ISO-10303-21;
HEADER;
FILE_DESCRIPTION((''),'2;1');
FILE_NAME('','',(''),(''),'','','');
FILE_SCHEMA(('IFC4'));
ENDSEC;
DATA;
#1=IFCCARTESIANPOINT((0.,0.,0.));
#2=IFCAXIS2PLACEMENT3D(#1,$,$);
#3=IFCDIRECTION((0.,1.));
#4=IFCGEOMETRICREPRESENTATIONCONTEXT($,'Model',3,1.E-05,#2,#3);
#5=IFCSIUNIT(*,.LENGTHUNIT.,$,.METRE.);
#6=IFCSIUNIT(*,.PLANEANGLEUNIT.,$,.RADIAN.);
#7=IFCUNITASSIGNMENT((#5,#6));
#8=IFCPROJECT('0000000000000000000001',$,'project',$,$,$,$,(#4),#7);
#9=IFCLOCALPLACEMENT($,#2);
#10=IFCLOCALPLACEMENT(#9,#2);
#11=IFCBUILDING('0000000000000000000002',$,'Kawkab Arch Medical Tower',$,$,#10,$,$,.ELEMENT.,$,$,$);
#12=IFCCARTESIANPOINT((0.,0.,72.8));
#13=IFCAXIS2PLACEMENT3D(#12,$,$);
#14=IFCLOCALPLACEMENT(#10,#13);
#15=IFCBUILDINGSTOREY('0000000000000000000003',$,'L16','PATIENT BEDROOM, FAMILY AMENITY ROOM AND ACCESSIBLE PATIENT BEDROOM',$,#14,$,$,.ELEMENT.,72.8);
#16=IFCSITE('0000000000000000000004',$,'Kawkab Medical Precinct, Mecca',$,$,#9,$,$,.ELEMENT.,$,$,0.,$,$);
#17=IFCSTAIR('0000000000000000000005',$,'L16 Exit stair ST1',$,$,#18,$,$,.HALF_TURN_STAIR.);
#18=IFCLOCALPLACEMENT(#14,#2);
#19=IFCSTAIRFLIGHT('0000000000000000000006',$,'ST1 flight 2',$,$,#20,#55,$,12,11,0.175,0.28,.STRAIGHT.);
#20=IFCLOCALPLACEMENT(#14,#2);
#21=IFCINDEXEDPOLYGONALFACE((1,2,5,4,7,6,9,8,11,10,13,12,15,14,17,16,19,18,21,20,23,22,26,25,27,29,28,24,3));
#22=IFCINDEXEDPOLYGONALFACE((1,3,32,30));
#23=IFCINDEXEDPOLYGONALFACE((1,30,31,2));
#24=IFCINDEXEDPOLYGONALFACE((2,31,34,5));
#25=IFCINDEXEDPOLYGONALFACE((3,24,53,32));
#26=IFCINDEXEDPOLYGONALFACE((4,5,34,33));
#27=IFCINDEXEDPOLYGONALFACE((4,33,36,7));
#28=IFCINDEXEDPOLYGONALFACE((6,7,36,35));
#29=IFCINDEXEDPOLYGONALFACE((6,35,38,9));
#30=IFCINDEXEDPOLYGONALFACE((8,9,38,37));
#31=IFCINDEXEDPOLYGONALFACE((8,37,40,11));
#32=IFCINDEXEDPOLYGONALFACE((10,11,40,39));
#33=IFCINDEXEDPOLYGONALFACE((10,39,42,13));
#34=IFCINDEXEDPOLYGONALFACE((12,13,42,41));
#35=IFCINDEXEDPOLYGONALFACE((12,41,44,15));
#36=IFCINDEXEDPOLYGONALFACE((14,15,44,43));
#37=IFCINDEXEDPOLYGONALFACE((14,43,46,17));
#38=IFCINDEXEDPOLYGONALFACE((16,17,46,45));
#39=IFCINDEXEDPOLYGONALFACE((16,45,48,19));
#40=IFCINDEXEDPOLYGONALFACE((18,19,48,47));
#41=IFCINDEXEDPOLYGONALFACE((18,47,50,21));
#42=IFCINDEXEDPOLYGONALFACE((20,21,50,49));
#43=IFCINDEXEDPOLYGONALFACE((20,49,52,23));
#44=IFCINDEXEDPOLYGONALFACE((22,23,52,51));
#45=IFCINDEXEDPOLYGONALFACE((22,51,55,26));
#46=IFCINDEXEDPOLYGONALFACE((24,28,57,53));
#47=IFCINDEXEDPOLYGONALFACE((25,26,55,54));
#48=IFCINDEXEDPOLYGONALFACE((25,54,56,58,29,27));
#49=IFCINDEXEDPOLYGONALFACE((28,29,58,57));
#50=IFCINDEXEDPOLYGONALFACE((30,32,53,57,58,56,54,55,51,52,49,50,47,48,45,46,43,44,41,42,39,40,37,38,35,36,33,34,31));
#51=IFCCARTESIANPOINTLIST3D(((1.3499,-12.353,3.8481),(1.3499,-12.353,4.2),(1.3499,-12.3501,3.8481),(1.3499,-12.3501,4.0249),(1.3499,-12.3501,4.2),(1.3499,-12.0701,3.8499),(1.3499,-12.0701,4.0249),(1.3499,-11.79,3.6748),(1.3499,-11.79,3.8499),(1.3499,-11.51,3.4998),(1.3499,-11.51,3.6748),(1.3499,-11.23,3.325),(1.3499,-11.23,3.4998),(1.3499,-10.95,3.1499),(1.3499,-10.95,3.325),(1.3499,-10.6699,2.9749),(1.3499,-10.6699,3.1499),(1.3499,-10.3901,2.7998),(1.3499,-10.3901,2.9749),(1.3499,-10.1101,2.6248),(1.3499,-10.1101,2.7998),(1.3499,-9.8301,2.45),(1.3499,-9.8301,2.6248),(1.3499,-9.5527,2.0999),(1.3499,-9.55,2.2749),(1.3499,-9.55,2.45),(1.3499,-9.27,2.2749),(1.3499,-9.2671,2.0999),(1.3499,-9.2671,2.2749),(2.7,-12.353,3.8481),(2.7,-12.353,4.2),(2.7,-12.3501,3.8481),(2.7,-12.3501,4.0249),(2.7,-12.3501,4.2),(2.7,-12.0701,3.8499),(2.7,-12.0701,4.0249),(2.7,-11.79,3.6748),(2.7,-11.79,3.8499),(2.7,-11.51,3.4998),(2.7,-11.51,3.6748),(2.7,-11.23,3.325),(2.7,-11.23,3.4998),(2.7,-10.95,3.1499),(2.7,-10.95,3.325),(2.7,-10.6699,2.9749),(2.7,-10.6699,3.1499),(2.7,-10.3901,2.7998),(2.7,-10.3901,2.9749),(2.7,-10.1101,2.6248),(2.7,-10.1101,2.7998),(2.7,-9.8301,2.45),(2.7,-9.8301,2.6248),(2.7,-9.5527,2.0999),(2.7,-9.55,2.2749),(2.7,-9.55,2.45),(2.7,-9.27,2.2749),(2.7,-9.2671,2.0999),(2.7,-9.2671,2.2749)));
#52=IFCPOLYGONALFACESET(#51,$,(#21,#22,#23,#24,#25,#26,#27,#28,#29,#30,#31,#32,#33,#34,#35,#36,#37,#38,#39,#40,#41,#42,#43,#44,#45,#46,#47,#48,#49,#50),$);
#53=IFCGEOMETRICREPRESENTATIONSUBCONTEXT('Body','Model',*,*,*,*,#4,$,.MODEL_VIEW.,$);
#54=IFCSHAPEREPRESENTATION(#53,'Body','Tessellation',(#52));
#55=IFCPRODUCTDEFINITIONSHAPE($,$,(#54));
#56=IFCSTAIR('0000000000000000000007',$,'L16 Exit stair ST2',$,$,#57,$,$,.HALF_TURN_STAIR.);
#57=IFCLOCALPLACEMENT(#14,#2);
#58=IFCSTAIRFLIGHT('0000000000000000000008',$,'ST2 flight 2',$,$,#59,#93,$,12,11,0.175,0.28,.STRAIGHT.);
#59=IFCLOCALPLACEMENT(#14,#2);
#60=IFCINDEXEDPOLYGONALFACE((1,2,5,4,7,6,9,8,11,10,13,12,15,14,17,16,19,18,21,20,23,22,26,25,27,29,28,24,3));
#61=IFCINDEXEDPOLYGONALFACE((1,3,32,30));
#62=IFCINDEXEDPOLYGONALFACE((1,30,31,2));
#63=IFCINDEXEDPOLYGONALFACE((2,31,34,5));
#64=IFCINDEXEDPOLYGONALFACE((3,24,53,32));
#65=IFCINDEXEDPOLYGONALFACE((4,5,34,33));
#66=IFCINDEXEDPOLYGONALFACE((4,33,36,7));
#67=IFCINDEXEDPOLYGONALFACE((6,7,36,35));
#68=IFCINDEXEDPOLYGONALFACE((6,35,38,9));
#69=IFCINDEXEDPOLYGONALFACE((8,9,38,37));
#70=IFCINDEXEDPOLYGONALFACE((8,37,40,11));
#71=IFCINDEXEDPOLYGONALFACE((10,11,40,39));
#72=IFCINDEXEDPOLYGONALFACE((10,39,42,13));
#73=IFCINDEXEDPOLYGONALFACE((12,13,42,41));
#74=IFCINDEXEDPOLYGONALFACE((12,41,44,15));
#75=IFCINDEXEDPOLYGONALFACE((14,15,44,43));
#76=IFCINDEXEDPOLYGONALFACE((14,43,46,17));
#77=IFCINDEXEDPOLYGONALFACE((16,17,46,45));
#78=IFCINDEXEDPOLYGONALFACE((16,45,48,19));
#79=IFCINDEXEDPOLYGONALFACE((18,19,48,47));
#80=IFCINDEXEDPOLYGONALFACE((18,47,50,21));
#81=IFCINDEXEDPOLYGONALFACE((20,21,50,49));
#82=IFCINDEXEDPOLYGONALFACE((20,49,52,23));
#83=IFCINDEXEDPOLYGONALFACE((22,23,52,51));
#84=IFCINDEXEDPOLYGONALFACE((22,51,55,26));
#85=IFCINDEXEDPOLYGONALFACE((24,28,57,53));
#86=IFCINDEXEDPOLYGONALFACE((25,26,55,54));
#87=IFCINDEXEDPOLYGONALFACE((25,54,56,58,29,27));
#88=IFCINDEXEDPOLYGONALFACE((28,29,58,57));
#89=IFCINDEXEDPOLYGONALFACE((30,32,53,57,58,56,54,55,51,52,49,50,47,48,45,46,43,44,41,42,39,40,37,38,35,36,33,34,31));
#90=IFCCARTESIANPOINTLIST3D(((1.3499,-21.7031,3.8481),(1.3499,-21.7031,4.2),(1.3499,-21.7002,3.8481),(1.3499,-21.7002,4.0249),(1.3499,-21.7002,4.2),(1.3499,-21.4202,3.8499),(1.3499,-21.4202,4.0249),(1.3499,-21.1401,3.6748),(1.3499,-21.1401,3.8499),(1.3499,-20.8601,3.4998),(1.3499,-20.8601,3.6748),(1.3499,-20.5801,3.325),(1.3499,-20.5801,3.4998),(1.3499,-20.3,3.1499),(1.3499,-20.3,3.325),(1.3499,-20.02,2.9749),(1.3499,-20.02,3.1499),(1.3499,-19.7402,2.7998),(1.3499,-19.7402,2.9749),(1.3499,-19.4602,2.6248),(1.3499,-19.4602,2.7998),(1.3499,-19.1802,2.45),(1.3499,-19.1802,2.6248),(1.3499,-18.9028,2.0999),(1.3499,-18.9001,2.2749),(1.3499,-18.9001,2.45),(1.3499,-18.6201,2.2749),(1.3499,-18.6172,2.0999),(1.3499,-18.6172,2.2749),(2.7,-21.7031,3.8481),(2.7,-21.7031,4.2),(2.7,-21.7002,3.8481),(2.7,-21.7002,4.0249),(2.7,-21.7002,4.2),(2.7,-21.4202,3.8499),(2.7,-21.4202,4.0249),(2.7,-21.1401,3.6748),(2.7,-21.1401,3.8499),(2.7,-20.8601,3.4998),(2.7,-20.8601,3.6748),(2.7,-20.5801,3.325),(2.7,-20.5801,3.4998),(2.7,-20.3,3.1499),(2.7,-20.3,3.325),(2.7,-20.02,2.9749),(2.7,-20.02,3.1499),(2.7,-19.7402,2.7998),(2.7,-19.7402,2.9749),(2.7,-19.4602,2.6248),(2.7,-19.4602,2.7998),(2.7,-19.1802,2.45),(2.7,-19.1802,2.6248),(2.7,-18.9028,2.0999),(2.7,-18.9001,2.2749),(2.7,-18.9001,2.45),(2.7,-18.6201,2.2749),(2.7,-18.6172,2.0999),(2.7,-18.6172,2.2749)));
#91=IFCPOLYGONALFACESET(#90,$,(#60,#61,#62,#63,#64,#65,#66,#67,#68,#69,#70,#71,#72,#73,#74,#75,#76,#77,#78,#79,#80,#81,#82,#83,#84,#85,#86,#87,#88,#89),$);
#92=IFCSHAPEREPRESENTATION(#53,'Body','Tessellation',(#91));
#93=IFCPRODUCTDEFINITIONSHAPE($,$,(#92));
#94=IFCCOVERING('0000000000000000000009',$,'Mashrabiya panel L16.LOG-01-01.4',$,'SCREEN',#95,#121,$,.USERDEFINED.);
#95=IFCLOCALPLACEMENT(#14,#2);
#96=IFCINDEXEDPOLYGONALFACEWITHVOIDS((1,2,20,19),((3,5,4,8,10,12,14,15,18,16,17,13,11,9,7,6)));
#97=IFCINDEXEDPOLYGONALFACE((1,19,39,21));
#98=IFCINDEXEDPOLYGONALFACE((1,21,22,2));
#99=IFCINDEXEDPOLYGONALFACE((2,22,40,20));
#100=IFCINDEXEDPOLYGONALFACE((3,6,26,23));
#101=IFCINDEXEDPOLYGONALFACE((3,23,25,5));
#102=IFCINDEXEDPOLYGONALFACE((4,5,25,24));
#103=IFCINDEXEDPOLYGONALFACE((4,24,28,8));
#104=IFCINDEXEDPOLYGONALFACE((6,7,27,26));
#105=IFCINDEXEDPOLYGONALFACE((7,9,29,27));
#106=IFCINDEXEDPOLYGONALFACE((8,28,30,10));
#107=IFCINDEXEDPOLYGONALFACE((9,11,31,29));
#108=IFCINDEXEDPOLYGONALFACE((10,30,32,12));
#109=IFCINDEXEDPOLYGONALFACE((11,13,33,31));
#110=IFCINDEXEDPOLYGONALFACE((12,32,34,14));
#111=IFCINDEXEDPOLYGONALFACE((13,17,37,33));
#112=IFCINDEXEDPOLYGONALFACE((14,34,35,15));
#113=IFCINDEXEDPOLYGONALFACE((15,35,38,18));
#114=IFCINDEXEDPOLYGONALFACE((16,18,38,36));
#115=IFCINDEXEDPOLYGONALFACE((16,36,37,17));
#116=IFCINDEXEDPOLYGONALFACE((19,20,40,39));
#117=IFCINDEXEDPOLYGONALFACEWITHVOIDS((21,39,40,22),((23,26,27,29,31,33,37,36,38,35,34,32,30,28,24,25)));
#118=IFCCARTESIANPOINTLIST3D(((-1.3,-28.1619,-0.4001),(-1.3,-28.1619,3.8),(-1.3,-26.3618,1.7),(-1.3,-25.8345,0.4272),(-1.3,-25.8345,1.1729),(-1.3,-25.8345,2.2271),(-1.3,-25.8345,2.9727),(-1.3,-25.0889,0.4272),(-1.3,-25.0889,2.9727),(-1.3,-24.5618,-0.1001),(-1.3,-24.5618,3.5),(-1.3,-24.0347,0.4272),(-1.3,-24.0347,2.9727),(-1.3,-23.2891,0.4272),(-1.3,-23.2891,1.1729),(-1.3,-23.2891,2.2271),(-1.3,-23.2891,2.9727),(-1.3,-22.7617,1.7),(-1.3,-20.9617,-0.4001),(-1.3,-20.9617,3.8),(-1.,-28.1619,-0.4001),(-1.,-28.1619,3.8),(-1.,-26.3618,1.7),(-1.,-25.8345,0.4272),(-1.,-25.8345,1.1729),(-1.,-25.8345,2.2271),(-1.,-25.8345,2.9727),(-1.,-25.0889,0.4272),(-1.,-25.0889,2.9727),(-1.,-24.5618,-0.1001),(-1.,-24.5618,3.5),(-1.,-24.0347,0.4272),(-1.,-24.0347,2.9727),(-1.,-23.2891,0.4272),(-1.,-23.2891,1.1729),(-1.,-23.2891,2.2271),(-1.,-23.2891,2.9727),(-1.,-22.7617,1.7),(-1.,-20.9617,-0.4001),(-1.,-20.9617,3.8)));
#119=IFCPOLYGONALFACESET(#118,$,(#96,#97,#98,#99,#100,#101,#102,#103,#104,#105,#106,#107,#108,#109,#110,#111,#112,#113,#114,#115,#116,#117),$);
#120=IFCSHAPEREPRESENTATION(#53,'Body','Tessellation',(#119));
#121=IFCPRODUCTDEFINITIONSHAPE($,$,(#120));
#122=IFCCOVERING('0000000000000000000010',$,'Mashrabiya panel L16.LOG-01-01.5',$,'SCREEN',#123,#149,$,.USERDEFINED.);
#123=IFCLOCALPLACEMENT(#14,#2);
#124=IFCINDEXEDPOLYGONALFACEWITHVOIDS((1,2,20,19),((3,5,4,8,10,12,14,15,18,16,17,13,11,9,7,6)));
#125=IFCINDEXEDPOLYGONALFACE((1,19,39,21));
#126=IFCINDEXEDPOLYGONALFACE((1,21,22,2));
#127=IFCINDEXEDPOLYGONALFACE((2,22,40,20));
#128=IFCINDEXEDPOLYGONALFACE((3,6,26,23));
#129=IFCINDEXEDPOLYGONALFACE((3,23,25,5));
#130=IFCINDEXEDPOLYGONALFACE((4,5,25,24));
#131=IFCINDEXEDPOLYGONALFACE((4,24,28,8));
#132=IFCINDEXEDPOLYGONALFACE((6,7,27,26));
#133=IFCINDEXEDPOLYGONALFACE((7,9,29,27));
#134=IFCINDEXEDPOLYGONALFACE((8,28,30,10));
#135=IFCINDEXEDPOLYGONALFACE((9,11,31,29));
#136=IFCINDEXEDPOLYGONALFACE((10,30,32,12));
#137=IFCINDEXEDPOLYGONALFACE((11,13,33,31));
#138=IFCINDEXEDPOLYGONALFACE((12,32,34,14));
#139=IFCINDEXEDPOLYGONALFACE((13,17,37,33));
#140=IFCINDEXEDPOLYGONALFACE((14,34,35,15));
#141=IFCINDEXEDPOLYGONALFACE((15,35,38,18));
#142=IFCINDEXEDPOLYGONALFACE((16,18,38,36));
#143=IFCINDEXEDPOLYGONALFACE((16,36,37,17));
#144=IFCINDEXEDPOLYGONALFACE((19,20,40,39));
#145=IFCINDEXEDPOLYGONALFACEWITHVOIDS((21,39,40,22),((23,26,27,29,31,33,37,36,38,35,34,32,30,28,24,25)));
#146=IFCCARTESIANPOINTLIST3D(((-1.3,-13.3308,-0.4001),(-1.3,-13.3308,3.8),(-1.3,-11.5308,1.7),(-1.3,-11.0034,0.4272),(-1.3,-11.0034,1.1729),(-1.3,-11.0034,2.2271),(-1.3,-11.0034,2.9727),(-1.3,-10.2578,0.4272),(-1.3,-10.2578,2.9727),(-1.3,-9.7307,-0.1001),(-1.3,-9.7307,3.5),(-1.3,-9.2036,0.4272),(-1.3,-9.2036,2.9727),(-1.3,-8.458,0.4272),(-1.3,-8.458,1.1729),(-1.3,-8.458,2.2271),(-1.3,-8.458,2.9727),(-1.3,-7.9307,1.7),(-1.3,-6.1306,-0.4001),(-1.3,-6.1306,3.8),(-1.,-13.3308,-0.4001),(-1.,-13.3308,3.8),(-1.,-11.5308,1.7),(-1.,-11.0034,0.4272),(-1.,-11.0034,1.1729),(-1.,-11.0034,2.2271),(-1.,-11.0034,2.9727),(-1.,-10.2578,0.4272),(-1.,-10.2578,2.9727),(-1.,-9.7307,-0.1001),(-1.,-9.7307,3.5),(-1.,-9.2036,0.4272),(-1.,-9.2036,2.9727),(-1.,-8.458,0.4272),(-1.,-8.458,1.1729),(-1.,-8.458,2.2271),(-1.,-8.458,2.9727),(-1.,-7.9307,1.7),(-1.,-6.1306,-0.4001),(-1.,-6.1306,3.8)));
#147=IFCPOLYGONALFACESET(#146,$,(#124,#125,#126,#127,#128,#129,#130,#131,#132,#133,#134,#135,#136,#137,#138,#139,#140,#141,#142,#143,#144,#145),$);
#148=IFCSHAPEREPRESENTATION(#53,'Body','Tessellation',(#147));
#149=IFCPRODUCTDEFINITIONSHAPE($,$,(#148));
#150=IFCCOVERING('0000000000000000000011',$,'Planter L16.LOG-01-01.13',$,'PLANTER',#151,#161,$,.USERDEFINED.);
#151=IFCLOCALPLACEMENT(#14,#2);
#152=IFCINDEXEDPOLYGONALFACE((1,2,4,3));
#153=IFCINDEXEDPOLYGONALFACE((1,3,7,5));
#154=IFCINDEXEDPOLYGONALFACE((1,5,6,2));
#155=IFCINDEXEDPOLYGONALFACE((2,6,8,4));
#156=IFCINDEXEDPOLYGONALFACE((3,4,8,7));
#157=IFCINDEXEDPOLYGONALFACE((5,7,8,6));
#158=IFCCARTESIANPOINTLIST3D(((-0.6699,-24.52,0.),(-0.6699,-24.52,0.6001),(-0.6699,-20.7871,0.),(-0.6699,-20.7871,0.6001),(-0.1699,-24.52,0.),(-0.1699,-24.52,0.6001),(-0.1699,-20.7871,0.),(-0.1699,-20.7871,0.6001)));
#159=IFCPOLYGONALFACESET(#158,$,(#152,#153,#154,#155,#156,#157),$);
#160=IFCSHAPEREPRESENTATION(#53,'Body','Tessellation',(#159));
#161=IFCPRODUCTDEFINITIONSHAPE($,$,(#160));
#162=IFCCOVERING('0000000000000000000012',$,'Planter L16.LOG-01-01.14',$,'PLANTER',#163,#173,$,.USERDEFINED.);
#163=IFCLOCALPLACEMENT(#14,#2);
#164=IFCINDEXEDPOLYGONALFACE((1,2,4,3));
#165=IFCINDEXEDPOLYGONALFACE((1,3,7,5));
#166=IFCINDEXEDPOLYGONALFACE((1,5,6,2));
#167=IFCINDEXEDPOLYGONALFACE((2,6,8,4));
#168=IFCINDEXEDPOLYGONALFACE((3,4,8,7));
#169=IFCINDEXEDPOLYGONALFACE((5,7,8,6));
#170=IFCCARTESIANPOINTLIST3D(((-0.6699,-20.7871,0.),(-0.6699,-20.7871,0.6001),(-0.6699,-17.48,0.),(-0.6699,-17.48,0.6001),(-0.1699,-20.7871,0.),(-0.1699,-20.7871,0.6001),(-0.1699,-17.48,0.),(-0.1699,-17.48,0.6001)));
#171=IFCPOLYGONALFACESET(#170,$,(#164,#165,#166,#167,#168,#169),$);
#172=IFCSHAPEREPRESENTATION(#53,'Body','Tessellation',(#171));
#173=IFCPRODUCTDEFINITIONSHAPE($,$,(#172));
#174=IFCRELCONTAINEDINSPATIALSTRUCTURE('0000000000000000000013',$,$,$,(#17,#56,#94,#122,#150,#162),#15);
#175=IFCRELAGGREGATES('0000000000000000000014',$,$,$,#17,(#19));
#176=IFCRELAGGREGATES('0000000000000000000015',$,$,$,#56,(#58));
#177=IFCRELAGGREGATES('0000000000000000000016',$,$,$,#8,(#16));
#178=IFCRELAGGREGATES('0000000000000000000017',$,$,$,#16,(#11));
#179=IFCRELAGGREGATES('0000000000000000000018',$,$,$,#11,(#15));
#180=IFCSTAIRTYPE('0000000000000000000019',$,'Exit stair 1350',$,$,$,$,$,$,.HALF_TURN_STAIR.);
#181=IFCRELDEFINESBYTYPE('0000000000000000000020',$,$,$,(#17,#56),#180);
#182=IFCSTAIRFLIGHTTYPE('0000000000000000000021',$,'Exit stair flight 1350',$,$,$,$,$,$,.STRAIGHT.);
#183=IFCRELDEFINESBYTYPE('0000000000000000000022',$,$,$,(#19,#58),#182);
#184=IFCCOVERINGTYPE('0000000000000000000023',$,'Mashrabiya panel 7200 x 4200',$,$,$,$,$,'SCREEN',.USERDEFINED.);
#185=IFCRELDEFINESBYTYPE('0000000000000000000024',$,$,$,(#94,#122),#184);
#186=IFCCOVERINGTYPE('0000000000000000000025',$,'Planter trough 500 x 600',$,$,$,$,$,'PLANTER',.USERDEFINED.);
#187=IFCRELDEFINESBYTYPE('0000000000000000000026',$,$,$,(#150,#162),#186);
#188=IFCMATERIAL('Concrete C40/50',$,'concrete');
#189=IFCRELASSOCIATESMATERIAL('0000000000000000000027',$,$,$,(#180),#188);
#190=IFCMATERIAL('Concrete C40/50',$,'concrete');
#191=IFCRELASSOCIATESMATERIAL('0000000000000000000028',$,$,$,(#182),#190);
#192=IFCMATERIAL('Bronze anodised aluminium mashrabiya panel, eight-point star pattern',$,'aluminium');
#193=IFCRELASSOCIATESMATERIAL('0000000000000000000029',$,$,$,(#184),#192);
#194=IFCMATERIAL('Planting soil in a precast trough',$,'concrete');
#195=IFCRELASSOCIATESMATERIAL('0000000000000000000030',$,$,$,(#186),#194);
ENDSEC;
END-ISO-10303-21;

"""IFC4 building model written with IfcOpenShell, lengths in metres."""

from ifc_helpers import new_model, si_unit, direction, frame, origin, origin_2d, place, context, subcontext, project, spatial, polyline, rectangle, outline, extrude, material, material_profile, profile_set, type_object, element, aggregate, save


model = new_model("IFC4")

# Units and contexts
model_context = context("Model", 3, precision=1e-05, world=origin(), true_north=direction((0.0, 1.0)))
body_context = subcontext(model_context, "Body", "Model", "MODEL_VIEW")
ifc_project = project(units=[si_unit("LENGTHUNIT", "METRE"), si_unit("PLANEANGLEUNIT", "RADIAN")], contexts=[model_context])

# Site, building, storey
site_placement = place(None, origin())
site = spatial("IfcSite", under=ifc_project, at=site_placement, Name="Kawkab Medical Precinct, Mecca", CompositionType="ELEMENT", RefElevation=0.0)
building_placement = place(site_placement, origin())
building = spatial("IfcBuilding", under=site, at=building_placement, Name="Kawkab Arch Medical Tower", CompositionType="ELEMENT")
storey_placement = place(building_placement, frame((0.0, 0.0, 72.8)))
storey = spatial("IfcBuildingStorey", under=building, at=storey_placement, Name="L16", Description="PATIENT BEDROOM, FAMILY AMENITY ROOM AND ACCESSIBLE PATIENT BEDROOM", CompositionType="ELEMENT", Elevation=72.8)

# Shared definitions
placement = place(storey_placement, origin())

# Stairs, stair flights
ifc_material_1 = material(Name="Concrete C40/50", Category="concrete")
stair_type = type_object("IfcStairType", Name="Exit stair 1350", PredefinedType="HALF_TURN_STAIR", material=ifc_material_1)
stair_1 = element("IfcStair", 1, at=placement, inside=storey, type_object=stair_type, Name="L16 Exit stair ST1", PredefinedType="HALF_TURN_STAIR")
ifc_material_2 = material(Name="Concrete C40/50", Category="concrete")
stair_flight_type = type_object("IfcStairFlightType", Name="Exit stair flight 1350", PredefinedType="STRAIGHT", material=ifc_material_2)
stair_flight_1_placement = place(storey_placement, frame((2.0249, -9.27, 2.0999), z_axis=(0.0, 0.0, 1.0), x_axis=(0.0, -1.0, 0.0)))
stair_flight_1 = element("IfcStairFlight", 2, at=stair_flight_1_placement, type_object=stair_flight_type, Name="ST1 flight 2", NumberOfRisers=12, NumberOfTreads=11, PredefinedType="STRAIGHT", RiserHeight=0.175, TreadLength=0.28, context=body_context, shape_type="SweptSolid", body=[
    extrude(outline(polyline([(-0.0029, 0.0), (-0.0029, 0.175), (0.0, 0.175), (0.28, 0.175), (0.28, 0.3501), (0.5601, 0.3501), (0.5601, 0.5249), (0.8401, 0.5249), (0.8401, 0.7), (1.1201, 0.7), (1.1201, 0.875), (1.3999, 0.875), (1.3999, 1.05), (1.6799, 1.05), (1.6799, 1.2251), (1.96, 1.2251), (1.96, 1.3999), (2.24, 1.3999), (2.24, 1.575), (2.52, 1.575), (2.52, 1.75), (2.8, 1.75), (2.8, 1.925), (3.0801, 1.925), (3.0801, 2.1001), (3.083, 2.1001), (3.083, 1.7483), (3.0801, 1.7483), (0.2827, 0.0), (-0.0029, 0.0)])), frame((0.0, 0.675, 0.0), z_axis=(0.0, -1.0, 0.0), x_axis=(1.0, 0.0, 0.0)), (0.0, 0.0, 1.0), 1.3501),
])
aggregate(stair_1, [stair_flight_1])
stair_2 = element("IfcStair", 3, at=placement, inside=storey, type_object=stair_type, Name="L16 Exit stair ST2", PredefinedType="HALF_TURN_STAIR")
stair_flight_2_placement = place(storey_placement, frame((2.0249, -18.6201, 2.0999), z_axis=(0.0, 0.0, 1.0), x_axis=(0.0, -1.0, 0.0)))
stair_flight_2 = element("IfcStairFlight", 4, at=stair_flight_2_placement, type_object=stair_flight_type, Name="ST2 flight 2", NumberOfRisers=12, NumberOfTreads=11, PredefinedType="STRAIGHT", RiserHeight=0.175, TreadLength=0.28, context=body_context, shape_type="SweptSolid", body=[
    extrude(outline(polyline([(-0.0029, 0.0), (-0.0029, 0.175), (0.0, 0.175), (0.28, 0.175), (0.28, 0.3501), (0.5601, 0.3501), (0.5601, 0.5249), (0.8401, 0.5249), (0.8401, 0.7), (1.1201, 0.7), (1.1201, 0.875), (1.3999, 0.875), (1.3999, 1.05), (1.6799, 1.05), (1.6799, 1.2251), (1.96, 1.2251), (1.96, 1.3999), (2.24, 1.3999), (2.24, 1.575), (2.52, 1.575), (2.52, 1.75), (2.8, 1.75), (2.8, 1.925), (3.0801, 1.925), (3.0801, 2.1001), (3.083, 2.1001), (3.083, 1.7483), (3.0801, 1.7483), (0.2827, 0.0), (-0.0029, 0.0)])), frame((0.0, 0.675, 0.0), z_axis=(0.0, -1.0, 0.0), x_axis=(1.0, 0.0, 0.0)), (0.0, 0.0, 1.0), 1.3501),
])
aggregate(stair_2, [stair_flight_2])

# Coverings
ifc_material_3 = material(Name="Bronze anodised aluminium mashrabiya panel, eight-point star pattern", Category="aluminium")
ifc_material_profile_1 = material_profile(ifc_material_3, outline(polyline([(-3.6001, -2.1001), (3.6001, -2.1001), (3.6001, 2.1001), (-3.6001, 2.1001), (-3.6001, -2.1001)]), holes=[polyline([(1.8, 0.0), (1.2727, 0.5271), (1.2727, 1.2727), (0.5271, 1.2727), (0.0, 1.8), (-0.5271, 1.2727), (-1.2727, 1.2727), (-1.2727, 0.5271), (-1.8, 0.0), (-1.2727, -0.5271), (-1.2727, -1.2727), (-0.5271, -1.2727), (0.0, -1.8), (0.5271, -1.2727), (1.2727, -1.2727), (1.2727, -0.5271), (1.8, 0.0)])]), Name="Mashrabiya panel 7200x4200")
ifc_profile_set_1 = profile_set([ifc_material_profile_1], Name="Bronze anodised aluminium mashrabiya panel, eight-point star pattern")
covering_type_1 = type_object("IfcCoveringType", Name="Mashrabiya panel 7200 x 4200", ElementType="SCREEN", PredefinedType="USERDEFINED", material=ifc_profile_set_1)
for number, where, z_axis, x_axis, name in (
    (5, (-1.0, -24.5618, 1.7), (-1.0, 0.0, 0.0), (0.0, -1.0, 0.0), "Mashrabiya panel L16.LOG-01-01.4"),
    (6, (-1.0, -9.7307, 1.7), (-1.0, 0.0, 0.0), (0.0, -1.0, 0.0), "Mashrabiya panel L16.LOG-01-01.5"),
):
    element("IfcCovering", number, at=place(storey_placement, frame(where, z_axis=z_axis, x_axis=x_axis)), inside=storey, type_object=covering_type_1, Name=name, ObjectType="SCREEN", PredefinedType="USERDEFINED", context=body_context, shape_type="SweptSolid", body=[
        extrude(outline(polyline([(-3.6001, -2.1001), (3.6001, -2.1001), (3.6001, 2.1001), (-3.6001, 2.1001), (-3.6001, -2.1001)]), holes=[polyline([(1.8, 0.0), (1.2727, 0.5271), (1.2727, 1.2727), (0.5271, 1.2727), (0.0, 1.8), (-0.5271, 1.2727), (-1.2727, 1.2727), (-1.2727, 0.5271), (-1.8, 0.0), (-1.2727, -0.5271), (-1.2727, -1.2727), (-0.5271, -1.2727), (0.0, -1.8), (0.5271, -1.2727), (1.2727, -1.2727), (1.2727, -0.5271), (1.8, 0.0)])]), origin(), (0.0, 0.0, 1.0), 0.3),
    ])
ifc_material_4 = material(Name="Planting soil in a precast trough", Category="concrete")
ifc_material_profile_2 = material_profile(ifc_material_4, rectangle(XDim=0.5, YDim=0.6001, at=origin_2d()), Name="Trough 500x600")
ifc_profile_set_2 = profile_set([ifc_material_profile_2], Name="Planting soil in a precast trough")
covering_type_2 = type_object("IfcCoveringType", Name="Planter trough 500 x 600", ElementType="PLANTER", PredefinedType="USERDEFINED", material=ifc_profile_set_2)
covering_1_placement = place(storey_placement, frame((-0.4199, -24.52, 0.3), z_axis=(0.0, 1.0, 0.0), x_axis=(-1.0, 0.0, 0.0)))
element("IfcCovering", 7, at=covering_1_placement, inside=storey, type_object=covering_type_2, Name="Planter L16.LOG-01-01.13", ObjectType="PLANTER", PredefinedType="USERDEFINED", context=body_context, shape_type="SweptSolid", body=[
    extrude(rectangle(XDim=0.5, YDim=0.6001, at=origin_2d()), origin(), (0.0, 0.0, 1.0), 3.7329),
])
covering_2_placement = place(storey_placement, frame((-0.4199, -20.7871, 0.3), z_axis=(0.0, 1.0, 0.0), x_axis=(-1.0, 0.0, 0.0)))
element("IfcCovering", 8, at=covering_2_placement, inside=storey, type_object=covering_type_2, Name="Planter L16.LOG-01-01.14", ObjectType="PLANTER", PredefinedType="USERDEFINED", context=body_context, shape_type="SweptSolid", body=[
    extrude(rectangle(XDim=0.5, YDim=0.6001, at=origin_2d()), origin(), (0.0, 0.0, 1.0), 3.3071),
])

save(model, "model.ifc")
